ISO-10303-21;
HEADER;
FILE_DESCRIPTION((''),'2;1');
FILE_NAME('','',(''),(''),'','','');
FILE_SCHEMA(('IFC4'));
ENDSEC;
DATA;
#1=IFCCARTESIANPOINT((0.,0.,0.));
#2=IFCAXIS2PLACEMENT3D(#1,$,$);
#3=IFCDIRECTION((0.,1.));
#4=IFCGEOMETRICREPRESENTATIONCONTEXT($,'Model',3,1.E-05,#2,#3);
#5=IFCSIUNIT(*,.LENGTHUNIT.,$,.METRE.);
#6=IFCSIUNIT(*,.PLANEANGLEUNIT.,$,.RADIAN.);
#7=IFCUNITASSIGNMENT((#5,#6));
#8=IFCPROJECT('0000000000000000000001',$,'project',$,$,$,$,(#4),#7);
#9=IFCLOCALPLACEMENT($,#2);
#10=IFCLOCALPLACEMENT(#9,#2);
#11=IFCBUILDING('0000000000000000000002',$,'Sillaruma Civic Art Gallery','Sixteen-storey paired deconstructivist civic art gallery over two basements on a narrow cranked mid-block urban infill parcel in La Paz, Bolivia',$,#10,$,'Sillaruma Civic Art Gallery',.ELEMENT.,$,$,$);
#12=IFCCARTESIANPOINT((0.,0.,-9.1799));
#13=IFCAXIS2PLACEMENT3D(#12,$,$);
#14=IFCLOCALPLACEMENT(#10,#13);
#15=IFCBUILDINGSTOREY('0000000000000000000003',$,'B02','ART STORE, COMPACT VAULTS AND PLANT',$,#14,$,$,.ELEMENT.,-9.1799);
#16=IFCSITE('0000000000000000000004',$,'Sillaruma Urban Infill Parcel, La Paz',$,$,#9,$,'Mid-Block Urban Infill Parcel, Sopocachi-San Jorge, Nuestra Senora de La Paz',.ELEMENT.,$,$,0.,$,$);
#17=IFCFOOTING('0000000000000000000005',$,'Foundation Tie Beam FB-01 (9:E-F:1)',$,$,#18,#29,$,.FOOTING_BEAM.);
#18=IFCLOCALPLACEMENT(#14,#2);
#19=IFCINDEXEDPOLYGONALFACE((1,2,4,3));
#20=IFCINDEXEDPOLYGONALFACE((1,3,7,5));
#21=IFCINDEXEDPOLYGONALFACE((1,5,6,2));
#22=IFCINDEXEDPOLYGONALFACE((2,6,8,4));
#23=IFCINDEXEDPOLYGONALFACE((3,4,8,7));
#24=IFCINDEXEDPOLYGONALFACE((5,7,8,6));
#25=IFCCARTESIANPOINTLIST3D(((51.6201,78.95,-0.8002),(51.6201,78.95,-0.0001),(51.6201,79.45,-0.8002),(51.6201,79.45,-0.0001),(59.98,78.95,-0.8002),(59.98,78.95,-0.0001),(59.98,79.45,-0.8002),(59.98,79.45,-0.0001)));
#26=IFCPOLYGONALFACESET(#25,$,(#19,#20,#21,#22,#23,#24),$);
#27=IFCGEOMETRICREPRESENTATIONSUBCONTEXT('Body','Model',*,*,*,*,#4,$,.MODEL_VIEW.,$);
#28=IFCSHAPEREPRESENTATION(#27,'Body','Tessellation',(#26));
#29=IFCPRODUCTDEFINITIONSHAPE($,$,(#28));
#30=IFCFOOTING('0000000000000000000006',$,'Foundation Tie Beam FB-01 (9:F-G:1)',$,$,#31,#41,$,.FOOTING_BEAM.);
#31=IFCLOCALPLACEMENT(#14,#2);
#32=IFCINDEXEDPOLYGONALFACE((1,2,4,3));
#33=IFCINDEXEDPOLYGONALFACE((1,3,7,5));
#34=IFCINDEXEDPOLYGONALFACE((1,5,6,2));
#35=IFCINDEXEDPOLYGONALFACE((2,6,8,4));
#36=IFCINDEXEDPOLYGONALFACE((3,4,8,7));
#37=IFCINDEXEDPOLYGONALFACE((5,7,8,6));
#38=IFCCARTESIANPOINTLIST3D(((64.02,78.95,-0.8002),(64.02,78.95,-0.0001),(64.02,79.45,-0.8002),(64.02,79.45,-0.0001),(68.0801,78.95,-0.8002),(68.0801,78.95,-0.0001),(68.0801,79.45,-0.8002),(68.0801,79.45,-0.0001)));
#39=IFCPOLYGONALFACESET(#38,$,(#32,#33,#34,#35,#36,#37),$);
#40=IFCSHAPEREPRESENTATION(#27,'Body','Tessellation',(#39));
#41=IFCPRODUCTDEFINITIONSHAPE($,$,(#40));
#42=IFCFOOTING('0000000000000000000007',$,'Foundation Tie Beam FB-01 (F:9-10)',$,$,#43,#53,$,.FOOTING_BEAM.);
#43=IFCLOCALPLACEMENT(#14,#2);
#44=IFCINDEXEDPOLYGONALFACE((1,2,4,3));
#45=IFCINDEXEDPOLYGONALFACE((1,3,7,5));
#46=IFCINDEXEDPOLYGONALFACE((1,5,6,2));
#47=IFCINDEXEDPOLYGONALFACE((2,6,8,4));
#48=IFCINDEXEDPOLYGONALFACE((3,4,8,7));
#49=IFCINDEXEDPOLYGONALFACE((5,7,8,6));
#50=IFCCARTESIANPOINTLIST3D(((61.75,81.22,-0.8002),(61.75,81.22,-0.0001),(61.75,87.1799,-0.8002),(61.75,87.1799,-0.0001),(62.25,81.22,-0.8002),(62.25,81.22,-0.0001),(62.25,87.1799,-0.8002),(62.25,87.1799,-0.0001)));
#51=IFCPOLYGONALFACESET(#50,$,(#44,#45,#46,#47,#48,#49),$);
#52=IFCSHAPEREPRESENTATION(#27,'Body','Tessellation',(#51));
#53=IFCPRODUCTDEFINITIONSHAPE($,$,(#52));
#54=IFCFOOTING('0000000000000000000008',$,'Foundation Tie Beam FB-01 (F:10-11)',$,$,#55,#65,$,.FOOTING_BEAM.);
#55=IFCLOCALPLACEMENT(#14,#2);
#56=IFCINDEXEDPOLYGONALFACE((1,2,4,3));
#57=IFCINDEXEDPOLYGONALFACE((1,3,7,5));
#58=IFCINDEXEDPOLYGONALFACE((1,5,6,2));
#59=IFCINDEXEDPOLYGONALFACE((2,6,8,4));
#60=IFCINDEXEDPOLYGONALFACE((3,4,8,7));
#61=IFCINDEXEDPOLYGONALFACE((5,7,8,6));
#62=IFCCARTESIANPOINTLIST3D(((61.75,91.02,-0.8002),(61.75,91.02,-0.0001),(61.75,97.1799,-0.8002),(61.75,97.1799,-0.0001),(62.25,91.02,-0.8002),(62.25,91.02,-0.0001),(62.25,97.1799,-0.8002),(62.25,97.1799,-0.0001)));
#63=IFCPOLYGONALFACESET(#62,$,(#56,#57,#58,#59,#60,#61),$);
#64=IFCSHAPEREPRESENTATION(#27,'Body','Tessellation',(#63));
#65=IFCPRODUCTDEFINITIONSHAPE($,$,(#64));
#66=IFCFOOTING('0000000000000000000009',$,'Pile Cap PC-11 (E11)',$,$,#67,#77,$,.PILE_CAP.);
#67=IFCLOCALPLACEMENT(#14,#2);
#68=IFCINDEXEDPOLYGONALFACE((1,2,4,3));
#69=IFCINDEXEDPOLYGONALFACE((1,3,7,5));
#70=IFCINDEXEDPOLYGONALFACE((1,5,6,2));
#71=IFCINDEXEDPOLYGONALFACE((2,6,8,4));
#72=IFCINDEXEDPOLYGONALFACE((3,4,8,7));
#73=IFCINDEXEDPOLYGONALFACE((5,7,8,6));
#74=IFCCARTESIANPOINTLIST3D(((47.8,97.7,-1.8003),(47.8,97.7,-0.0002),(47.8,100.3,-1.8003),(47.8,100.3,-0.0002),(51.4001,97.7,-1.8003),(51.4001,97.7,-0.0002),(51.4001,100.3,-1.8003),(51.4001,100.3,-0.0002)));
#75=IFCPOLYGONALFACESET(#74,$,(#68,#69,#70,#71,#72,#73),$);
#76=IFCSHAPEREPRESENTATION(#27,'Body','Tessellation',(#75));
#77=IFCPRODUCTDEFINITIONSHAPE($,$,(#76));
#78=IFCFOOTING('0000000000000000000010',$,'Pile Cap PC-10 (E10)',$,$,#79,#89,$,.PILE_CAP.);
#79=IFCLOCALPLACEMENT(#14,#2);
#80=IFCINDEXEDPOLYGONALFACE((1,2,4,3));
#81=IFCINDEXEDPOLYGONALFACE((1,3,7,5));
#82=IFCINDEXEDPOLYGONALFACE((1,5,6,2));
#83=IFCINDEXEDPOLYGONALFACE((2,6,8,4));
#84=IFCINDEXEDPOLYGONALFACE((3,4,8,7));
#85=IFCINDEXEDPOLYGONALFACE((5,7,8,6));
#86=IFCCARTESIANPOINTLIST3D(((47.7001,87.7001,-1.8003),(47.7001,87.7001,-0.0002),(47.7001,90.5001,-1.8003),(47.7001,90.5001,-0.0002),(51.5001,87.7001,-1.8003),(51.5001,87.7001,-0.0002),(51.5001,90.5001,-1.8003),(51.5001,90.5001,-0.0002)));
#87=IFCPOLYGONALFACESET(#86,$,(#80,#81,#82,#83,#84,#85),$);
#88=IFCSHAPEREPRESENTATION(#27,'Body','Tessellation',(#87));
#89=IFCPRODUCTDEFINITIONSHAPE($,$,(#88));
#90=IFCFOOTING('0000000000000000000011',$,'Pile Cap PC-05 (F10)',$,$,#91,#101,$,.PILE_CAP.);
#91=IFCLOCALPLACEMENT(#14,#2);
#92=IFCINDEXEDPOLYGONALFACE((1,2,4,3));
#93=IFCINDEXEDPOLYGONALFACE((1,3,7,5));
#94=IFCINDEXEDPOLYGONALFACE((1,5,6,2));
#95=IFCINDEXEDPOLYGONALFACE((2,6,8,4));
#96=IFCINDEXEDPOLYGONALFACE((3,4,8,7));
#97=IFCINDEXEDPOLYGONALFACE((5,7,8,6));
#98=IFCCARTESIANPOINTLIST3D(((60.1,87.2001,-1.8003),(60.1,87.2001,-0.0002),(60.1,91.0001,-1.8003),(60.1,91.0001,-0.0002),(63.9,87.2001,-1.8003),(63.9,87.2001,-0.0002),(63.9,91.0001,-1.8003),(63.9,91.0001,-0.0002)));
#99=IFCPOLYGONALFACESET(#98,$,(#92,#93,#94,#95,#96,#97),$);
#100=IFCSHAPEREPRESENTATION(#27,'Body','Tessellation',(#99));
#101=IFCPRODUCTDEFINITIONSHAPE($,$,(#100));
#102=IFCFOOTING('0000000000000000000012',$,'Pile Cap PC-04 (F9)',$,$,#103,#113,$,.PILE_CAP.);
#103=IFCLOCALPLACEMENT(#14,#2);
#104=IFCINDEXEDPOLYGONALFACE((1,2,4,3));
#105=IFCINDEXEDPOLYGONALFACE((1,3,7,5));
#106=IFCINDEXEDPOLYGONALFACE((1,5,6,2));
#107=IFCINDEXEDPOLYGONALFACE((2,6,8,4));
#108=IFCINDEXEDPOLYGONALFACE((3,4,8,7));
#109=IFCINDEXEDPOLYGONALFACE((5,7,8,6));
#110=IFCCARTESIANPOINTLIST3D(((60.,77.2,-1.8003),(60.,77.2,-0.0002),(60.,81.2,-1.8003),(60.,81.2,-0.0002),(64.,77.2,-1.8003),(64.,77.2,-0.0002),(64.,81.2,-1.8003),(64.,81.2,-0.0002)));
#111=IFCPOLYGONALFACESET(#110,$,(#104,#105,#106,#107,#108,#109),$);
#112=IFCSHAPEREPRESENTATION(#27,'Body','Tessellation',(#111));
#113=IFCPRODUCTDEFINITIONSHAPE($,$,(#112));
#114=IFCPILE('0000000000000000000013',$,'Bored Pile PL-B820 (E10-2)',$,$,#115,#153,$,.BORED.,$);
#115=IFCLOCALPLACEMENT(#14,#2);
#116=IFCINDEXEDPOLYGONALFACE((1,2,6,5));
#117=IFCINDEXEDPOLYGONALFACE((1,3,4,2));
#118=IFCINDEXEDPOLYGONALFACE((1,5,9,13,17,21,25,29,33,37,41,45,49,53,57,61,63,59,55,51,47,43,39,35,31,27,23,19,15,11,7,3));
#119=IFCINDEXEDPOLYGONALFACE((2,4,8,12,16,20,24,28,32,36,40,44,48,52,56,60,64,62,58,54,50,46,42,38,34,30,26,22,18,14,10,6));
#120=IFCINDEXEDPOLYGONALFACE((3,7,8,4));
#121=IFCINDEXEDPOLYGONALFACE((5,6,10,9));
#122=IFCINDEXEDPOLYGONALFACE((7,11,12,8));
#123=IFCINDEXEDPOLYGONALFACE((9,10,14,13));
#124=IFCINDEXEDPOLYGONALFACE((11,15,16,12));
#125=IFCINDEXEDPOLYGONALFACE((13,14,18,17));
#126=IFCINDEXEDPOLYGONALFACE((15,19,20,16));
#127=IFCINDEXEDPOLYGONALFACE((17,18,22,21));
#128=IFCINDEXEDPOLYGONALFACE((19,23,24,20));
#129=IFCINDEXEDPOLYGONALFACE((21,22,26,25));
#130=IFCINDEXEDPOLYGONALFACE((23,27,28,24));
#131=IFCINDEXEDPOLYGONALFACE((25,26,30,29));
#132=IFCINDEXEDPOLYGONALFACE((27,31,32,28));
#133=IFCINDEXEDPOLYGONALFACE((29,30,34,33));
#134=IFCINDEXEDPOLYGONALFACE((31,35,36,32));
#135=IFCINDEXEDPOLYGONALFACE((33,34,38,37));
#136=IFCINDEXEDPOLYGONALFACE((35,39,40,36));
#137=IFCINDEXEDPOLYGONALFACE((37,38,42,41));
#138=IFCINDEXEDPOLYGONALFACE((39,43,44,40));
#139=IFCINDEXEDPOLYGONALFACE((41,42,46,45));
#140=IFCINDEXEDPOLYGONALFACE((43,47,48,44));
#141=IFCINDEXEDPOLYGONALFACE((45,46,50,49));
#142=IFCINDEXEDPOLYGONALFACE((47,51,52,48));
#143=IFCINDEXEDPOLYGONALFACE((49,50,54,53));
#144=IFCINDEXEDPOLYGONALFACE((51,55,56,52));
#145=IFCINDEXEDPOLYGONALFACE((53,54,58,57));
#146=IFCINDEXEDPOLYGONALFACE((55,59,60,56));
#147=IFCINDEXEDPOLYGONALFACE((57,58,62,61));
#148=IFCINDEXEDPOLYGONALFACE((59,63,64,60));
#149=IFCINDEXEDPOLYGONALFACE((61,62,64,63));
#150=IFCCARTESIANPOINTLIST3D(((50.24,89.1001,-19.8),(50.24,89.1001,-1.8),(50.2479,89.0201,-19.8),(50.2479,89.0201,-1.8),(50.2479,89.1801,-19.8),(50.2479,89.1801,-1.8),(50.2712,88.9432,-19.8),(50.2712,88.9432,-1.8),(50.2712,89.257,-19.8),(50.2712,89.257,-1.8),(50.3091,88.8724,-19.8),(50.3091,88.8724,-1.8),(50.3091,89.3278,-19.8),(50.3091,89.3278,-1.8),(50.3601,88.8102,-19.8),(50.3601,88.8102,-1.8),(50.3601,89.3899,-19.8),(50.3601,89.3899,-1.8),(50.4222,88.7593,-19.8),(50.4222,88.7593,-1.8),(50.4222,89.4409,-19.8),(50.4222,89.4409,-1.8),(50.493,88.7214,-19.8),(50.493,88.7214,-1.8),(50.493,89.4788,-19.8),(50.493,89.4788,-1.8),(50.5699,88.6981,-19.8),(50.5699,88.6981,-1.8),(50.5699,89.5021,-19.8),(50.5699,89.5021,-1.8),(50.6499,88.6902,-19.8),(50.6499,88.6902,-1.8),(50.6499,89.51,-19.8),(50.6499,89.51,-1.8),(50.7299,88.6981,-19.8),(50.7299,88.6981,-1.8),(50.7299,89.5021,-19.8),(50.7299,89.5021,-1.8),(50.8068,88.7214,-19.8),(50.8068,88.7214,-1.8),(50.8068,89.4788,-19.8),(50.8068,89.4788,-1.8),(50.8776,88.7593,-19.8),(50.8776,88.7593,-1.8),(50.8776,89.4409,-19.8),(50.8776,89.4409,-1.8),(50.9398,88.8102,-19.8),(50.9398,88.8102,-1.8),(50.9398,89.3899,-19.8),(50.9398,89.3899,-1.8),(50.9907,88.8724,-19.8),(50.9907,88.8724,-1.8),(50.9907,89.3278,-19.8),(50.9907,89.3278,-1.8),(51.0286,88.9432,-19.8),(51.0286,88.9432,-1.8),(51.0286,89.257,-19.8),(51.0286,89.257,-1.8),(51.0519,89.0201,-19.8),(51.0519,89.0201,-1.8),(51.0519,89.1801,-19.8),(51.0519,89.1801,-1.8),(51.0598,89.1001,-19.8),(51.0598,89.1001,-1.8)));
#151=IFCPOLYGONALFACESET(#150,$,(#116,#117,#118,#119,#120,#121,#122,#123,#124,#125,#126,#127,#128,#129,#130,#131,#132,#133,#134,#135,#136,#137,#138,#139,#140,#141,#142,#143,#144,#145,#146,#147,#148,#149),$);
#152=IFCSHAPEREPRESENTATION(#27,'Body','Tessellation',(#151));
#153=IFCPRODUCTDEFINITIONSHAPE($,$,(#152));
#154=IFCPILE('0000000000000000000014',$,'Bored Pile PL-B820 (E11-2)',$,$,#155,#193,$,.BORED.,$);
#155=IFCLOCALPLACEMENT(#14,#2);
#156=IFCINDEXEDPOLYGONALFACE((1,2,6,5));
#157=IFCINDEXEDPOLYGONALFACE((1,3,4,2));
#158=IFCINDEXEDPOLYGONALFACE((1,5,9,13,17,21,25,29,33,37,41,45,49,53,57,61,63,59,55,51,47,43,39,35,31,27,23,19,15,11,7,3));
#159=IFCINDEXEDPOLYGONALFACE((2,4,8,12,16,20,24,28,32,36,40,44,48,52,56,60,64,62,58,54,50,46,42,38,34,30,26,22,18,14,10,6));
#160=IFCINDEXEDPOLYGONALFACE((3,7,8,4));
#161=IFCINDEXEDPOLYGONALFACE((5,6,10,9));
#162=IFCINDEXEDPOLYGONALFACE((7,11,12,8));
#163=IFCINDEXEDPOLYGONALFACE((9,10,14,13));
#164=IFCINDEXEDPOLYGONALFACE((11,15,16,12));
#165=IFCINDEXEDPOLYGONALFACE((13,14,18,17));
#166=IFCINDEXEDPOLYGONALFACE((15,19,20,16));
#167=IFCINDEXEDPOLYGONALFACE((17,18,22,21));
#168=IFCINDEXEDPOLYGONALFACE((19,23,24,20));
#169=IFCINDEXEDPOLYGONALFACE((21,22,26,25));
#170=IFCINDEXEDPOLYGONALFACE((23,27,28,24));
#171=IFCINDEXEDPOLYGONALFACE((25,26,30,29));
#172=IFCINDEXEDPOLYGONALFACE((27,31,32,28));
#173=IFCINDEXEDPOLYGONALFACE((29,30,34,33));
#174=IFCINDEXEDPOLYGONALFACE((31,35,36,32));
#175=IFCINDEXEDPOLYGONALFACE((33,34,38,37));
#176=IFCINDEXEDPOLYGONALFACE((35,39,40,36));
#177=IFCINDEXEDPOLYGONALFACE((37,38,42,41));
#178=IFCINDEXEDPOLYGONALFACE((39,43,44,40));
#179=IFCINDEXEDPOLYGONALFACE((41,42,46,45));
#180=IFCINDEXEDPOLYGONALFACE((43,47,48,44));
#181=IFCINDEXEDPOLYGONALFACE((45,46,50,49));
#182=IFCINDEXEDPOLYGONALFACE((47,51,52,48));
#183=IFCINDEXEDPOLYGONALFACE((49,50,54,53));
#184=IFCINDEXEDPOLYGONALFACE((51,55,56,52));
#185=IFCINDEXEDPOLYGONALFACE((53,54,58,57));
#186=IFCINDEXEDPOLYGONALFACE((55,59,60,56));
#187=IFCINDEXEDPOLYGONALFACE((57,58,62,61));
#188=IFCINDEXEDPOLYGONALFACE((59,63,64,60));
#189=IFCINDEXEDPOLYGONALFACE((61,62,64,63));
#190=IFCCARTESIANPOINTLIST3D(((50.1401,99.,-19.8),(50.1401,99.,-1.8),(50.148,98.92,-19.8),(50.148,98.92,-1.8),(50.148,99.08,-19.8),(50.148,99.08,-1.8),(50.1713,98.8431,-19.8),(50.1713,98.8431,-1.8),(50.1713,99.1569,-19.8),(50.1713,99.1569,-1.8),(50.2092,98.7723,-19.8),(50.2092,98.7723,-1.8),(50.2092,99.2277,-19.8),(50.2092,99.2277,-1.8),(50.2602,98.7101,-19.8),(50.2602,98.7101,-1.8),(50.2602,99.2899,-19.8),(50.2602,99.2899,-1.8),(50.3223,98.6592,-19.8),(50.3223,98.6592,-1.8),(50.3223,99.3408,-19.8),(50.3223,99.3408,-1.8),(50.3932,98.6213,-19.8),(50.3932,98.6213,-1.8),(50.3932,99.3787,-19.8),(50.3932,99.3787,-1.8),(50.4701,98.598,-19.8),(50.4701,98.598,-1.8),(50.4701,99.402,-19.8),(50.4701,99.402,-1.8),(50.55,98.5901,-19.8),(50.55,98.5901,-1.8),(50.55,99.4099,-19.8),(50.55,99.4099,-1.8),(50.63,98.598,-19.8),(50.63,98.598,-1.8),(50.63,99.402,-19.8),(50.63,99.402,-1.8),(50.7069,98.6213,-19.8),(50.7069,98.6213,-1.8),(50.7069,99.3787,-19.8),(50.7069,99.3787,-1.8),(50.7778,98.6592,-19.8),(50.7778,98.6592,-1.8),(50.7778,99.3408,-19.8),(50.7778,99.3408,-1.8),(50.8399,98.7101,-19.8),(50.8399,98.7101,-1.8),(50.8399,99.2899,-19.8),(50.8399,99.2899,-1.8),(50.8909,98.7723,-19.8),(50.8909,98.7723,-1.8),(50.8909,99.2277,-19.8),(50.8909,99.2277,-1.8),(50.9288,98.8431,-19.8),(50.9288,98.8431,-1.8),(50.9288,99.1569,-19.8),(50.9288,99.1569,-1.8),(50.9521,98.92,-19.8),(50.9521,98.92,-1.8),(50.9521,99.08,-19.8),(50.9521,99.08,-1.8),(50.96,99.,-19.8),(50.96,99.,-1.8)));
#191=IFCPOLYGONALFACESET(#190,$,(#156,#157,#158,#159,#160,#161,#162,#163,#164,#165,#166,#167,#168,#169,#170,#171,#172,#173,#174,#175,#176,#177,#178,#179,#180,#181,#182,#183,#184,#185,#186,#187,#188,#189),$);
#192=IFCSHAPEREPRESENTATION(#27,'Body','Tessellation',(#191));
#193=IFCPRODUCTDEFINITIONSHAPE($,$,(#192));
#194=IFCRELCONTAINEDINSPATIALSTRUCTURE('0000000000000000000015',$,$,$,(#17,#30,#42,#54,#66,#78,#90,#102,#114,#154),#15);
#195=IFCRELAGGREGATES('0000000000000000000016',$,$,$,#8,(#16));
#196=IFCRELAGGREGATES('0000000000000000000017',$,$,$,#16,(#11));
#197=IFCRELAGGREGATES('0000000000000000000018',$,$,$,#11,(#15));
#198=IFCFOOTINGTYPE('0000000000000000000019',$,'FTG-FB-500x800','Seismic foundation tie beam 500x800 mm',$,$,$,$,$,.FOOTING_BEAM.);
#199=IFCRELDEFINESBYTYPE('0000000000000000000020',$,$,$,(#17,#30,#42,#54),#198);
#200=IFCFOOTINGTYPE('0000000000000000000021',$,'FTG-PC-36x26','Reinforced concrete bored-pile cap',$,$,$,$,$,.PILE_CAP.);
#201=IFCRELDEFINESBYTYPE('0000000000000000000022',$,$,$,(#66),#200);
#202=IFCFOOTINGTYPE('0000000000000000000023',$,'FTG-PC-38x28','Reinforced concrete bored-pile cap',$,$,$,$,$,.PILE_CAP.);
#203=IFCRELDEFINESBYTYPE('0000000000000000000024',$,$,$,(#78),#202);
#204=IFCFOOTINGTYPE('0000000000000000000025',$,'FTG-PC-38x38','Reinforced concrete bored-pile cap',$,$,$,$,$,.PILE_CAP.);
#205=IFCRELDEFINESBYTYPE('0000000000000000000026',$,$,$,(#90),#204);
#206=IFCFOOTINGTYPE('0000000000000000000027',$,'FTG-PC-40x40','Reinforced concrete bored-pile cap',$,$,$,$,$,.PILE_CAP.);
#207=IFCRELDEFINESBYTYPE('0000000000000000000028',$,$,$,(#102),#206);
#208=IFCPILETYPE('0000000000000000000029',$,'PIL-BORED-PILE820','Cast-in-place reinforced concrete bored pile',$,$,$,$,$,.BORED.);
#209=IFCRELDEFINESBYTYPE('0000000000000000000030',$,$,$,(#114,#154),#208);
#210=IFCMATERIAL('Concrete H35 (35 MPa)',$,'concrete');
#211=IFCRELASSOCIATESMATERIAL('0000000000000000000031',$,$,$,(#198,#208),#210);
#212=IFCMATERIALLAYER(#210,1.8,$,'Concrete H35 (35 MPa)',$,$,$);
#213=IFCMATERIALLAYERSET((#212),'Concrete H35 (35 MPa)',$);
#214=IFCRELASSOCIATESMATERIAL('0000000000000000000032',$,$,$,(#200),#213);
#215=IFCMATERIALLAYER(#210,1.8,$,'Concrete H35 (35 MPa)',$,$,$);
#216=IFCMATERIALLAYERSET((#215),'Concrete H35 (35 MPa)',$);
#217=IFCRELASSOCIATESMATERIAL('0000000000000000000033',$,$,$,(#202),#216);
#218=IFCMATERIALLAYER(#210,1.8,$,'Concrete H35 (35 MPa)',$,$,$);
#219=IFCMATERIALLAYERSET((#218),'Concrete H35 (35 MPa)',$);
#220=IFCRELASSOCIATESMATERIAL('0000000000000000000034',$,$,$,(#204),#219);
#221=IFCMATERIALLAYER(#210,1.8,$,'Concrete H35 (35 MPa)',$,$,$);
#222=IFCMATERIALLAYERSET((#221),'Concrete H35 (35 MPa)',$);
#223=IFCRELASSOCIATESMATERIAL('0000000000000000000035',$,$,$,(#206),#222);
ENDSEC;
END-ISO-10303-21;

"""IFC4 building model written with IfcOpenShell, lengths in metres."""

from ifc_helpers import new_model, si_unit, direction, frame, origin, origin_2d, place, context, subcontext, project, spatial, rectangle, circle, extrude, material, layer, layer_set, material_profile, profile_set, type_object, element, save


model = new_model("IFC4")

# Units and contexts
model_context = context("Model", 3, precision=1e-05, world=origin(), true_north=direction((0.0, 1.0)))
body_context = subcontext(model_context, "Body", "Model", "MODEL_VIEW")
ifc_project = project(units=[si_unit("LENGTHUNIT", "METRE"), si_unit("PLANEANGLEUNIT", "RADIAN")], contexts=[model_context])

# Site, building, storey
site_placement = place(None, origin())
site = spatial("IfcSite", under=ifc_project, at=site_placement, Name="Sillaruma Urban Infill Parcel, La Paz", LongName="Mid-Block Urban Infill Parcel, Sopocachi-San Jorge, Nuestra Senora de La Paz", CompositionType="ELEMENT", RefElevation=0.0)
building_placement = place(site_placement, origin())
building = spatial("IfcBuilding", under=site, at=building_placement, Name="Sillaruma Civic Art Gallery", Description="Sixteen-storey paired deconstructivist civic art gallery over two basements on a narrow cranked mid-block urban infill parcel in La Paz, Bolivia", LongName="Sillaruma Civic Art Gallery", CompositionType="ELEMENT")
storey_placement = place(building_placement, frame((0.0, 0.0, -9.1799)))
storey = spatial("IfcBuildingStorey", under=building, at=storey_placement, Name="B02", Description="ART STORE, COMPACT VAULTS AND PLANT", CompositionType="ELEMENT", Elevation=-9.1799)

# Footings
ifc_material_1 = material(Name="Concrete H35 (35 MPa)", Category="concrete")
ifc_material_profile_1 = material_profile(ifc_material_1, rectangle(XDim=0.5, YDim=0.8, at=origin_2d()), Name="RCB500x800")
ifc_profile_set_1 = profile_set([ifc_material_profile_1], Name="Concrete H35 (35 MPa)")
footing_type_1 = type_object("IfcFootingType", Name="FTG-FB-500x800", Description="Seismic foundation tie beam 500x800 mm", PredefinedType="FOOTING_BEAM", material=ifc_profile_set_1)
footing_1_placement = place(storey_placement, frame((51.6201, 79.2, -0.4001), z_axis=(1.0, 0.0, 0.0), x_axis=(0.0, 1.0, 0.0)))
element("IfcFooting", 1, at=footing_1_placement, inside=storey, type_object=footing_type_1, Name="Foundation Tie Beam FB-01 (9:E-F:1)", PredefinedType="FOOTING_BEAM", context=body_context, shape_type="SweptSolid", body=[
    extrude(rectangle(XDim=0.5, YDim=0.8, at=origin_2d()), origin(), (0.0, 0.0, 1.0), 8.3599),
])
footing_2_placement = place(storey_placement, frame((64.02, 79.2, -0.4001), z_axis=(1.0, 0.0, 0.0), x_axis=(0.0, 1.0, 0.0)))
element("IfcFooting", 2, at=footing_2_placement, inside=storey, type_object=footing_type_1, Name="Foundation Tie Beam FB-01 (9:F-G:1)", PredefinedType="FOOTING_BEAM", context=body_context, shape_type="SweptSolid", body=[
    extrude(rectangle(XDim=0.5, YDim=0.8, at=origin_2d()), origin(), (0.0, 0.0, 1.0), 4.0601),
])
footing_3_placement = place(storey_placement, frame((62.0, 81.22, -0.4001), z_axis=(0.0, 1.0, 0.0), x_axis=(-1.0, 0.0, 0.0)))
element("IfcFooting", 3, at=footing_3_placement, inside=storey, type_object=footing_type_1, Name="Foundation Tie Beam FB-01 (F:9-10)", PredefinedType="FOOTING_BEAM", context=body_context, shape_type="SweptSolid", body=[
    extrude(rectangle(XDim=0.5, YDim=0.8, at=origin_2d()), origin(), (0.0, 0.0, 1.0), 5.96),
])
footing_4_placement = place(storey_placement, frame((62.0, 91.02, -0.4001), z_axis=(0.0, 1.0, 0.0), x_axis=(-1.0, 0.0, 0.0)))
element("IfcFooting", 4, at=footing_4_placement, inside=storey, type_object=footing_type_1, Name="Foundation Tie Beam FB-01 (F:10-11)", PredefinedType="FOOTING_BEAM", context=body_context, shape_type="SweptSolid", body=[
    extrude(rectangle(XDim=0.5, YDim=0.8, at=origin_2d()), origin(), (0.0, 0.0, 1.0), 6.1599),
])
ifc_layer_1 = layer(ifc_material_1, 1.8, Name="Concrete H35 (35 MPa)")
ifc_layer_set_1 = layer_set([ifc_layer_1], Name="Concrete H35 (35 MPa)")
footing_type_2 = type_object("IfcFootingType", Name="FTG-PC-36x26", Description="Reinforced concrete bored-pile cap", PredefinedType="PILE_CAP", material=ifc_layer_set_1)
footing_5_placement = place(storey_placement, frame((49.6001, 99.0, -1.8003), z_axis=(0.0, 0.0, 1.0), x_axis=(1.0, 0.0, 0.0)))
element("IfcFooting", 5, at=footing_5_placement, inside=storey, type_object=footing_type_2, Name="Pile Cap PC-11 (E11)", PredefinedType="PILE_CAP", context=body_context, shape_type="SweptSolid", body=[
    extrude(rectangle(XDim=3.6001, YDim=2.6001, at=origin_2d()), origin(), (0.0, 0.0, 1.0), 1.8),
])
ifc_layer_2 = layer(ifc_material_1, 1.8, Name="Concrete H35 (35 MPa)")
ifc_layer_set_2 = layer_set([ifc_layer_2], Name="Concrete H35 (35 MPa)")
footing_type_3 = type_object("IfcFootingType", Name="FTG-PC-38x28", Description="Reinforced concrete bored-pile cap", PredefinedType="PILE_CAP", material=ifc_layer_set_2)
footing_6_placement = place(storey_placement, frame((49.6001, 89.1001, -1.8003), z_axis=(0.0, 0.0, 1.0), x_axis=(1.0, 0.0, 0.0)))
element("IfcFooting", 6, at=footing_6_placement, inside=storey, type_object=footing_type_3, Name="Pile Cap PC-10 (E10)", PredefinedType="PILE_CAP", context=body_context, shape_type="SweptSolid", body=[
    extrude(rectangle(XDim=3.8, YDim=2.8, at=origin_2d()), origin(), (0.0, 0.0, 1.0), 1.8),
])
ifc_layer_3 = layer(ifc_material_1, 1.8, Name="Concrete H35 (35 MPa)")
ifc_layer_set_3 = layer_set([ifc_layer_3], Name="Concrete H35 (35 MPa)")
footing_type_4 = type_object("IfcFootingType", Name="FTG-PC-38x38", Description="Reinforced concrete bored-pile cap", PredefinedType="PILE_CAP", material=ifc_layer_set_3)
footing_7_placement = place(storey_placement, frame((62.0, 89.1001, -1.8003), z_axis=(0.0, 0.0, 1.0), x_axis=(1.0, 0.0, 0.0)))
element("IfcFooting", 7, at=footing_7_placement, inside=storey, type_object=footing_type_4, Name="Pile Cap PC-05 (F10)", PredefinedType="PILE_CAP", context=body_context, shape_type="SweptSolid", body=[
    extrude(rectangle(XDim=3.8, YDim=3.8, at=origin_2d()), origin(), (0.0, 0.0, 1.0), 1.8),
])
ifc_layer_4 = layer(ifc_material_1, 1.8, Name="Concrete H35 (35 MPa)")
ifc_layer_set_4 = layer_set([ifc_layer_4], Name="Concrete H35 (35 MPa)")
footing_type_5 = type_object("IfcFootingType", Name="FTG-PC-40x40", Description="Reinforced concrete bored-pile cap", PredefinedType="PILE_CAP", material=ifc_layer_set_4)
footing_8_placement = place(storey_placement, frame((62.0, 79.2, -1.8003), z_axis=(0.0, 0.0, 1.0), x_axis=(1.0, 0.0, 0.0)))
element("IfcFooting", 8, at=footing_8_placement, inside=storey, type_object=footing_type_5, Name="Pile Cap PC-04 (F9)", PredefinedType="PILE_CAP", context=body_context, shape_type="SweptSolid", body=[
    extrude(rectangle(XDim=4.0, YDim=4.0, at=origin_2d()), origin(), (0.0, 0.0, 1.0), 1.8),
])

# Piles
ifc_material_profile_2 = material_profile(ifc_material_1, circle(Radius=0.4099, at=origin_2d()), Name="PILE820")
ifc_profile_set_2 = profile_set([ifc_material_profile_2], Name="Concrete H35 (35 MPa)")
pile_type_1 = type_object("IfcPileType", Name="PIL-BORED-PILE820", Description="Cast-in-place reinforced concrete bored pile", PredefinedType="BORED", material=ifc_profile_set_2)
for number, where, z_axis, x_axis, name in (
    (9, (50.6499, 89.1001, -1.8), (0.0, 0.0, -1.0), (1.0, 0.0, 0.0), "Bored Pile PL-B820 (E10-2)"),
    (10, (50.55, 99.0, -1.8), (0.0, 0.0, -1.0), (1.0, 0.0, 0.0), "Bored Pile PL-B820 (E11-2)"),
):
    element("IfcPile", number, at=place(storey_placement, frame(where, z_axis=z_axis, x_axis=x_axis)), inside=storey, type_object=pile_type_1, Name=name, PredefinedType="BORED", context=body_context, shape_type="SweptSolid", body=[
        extrude(circle(Radius=0.4099, at=origin_2d()), origin(), (0.0, 0.0, 1.0), 18.0),
    ])

save(model, "model.ifc")
